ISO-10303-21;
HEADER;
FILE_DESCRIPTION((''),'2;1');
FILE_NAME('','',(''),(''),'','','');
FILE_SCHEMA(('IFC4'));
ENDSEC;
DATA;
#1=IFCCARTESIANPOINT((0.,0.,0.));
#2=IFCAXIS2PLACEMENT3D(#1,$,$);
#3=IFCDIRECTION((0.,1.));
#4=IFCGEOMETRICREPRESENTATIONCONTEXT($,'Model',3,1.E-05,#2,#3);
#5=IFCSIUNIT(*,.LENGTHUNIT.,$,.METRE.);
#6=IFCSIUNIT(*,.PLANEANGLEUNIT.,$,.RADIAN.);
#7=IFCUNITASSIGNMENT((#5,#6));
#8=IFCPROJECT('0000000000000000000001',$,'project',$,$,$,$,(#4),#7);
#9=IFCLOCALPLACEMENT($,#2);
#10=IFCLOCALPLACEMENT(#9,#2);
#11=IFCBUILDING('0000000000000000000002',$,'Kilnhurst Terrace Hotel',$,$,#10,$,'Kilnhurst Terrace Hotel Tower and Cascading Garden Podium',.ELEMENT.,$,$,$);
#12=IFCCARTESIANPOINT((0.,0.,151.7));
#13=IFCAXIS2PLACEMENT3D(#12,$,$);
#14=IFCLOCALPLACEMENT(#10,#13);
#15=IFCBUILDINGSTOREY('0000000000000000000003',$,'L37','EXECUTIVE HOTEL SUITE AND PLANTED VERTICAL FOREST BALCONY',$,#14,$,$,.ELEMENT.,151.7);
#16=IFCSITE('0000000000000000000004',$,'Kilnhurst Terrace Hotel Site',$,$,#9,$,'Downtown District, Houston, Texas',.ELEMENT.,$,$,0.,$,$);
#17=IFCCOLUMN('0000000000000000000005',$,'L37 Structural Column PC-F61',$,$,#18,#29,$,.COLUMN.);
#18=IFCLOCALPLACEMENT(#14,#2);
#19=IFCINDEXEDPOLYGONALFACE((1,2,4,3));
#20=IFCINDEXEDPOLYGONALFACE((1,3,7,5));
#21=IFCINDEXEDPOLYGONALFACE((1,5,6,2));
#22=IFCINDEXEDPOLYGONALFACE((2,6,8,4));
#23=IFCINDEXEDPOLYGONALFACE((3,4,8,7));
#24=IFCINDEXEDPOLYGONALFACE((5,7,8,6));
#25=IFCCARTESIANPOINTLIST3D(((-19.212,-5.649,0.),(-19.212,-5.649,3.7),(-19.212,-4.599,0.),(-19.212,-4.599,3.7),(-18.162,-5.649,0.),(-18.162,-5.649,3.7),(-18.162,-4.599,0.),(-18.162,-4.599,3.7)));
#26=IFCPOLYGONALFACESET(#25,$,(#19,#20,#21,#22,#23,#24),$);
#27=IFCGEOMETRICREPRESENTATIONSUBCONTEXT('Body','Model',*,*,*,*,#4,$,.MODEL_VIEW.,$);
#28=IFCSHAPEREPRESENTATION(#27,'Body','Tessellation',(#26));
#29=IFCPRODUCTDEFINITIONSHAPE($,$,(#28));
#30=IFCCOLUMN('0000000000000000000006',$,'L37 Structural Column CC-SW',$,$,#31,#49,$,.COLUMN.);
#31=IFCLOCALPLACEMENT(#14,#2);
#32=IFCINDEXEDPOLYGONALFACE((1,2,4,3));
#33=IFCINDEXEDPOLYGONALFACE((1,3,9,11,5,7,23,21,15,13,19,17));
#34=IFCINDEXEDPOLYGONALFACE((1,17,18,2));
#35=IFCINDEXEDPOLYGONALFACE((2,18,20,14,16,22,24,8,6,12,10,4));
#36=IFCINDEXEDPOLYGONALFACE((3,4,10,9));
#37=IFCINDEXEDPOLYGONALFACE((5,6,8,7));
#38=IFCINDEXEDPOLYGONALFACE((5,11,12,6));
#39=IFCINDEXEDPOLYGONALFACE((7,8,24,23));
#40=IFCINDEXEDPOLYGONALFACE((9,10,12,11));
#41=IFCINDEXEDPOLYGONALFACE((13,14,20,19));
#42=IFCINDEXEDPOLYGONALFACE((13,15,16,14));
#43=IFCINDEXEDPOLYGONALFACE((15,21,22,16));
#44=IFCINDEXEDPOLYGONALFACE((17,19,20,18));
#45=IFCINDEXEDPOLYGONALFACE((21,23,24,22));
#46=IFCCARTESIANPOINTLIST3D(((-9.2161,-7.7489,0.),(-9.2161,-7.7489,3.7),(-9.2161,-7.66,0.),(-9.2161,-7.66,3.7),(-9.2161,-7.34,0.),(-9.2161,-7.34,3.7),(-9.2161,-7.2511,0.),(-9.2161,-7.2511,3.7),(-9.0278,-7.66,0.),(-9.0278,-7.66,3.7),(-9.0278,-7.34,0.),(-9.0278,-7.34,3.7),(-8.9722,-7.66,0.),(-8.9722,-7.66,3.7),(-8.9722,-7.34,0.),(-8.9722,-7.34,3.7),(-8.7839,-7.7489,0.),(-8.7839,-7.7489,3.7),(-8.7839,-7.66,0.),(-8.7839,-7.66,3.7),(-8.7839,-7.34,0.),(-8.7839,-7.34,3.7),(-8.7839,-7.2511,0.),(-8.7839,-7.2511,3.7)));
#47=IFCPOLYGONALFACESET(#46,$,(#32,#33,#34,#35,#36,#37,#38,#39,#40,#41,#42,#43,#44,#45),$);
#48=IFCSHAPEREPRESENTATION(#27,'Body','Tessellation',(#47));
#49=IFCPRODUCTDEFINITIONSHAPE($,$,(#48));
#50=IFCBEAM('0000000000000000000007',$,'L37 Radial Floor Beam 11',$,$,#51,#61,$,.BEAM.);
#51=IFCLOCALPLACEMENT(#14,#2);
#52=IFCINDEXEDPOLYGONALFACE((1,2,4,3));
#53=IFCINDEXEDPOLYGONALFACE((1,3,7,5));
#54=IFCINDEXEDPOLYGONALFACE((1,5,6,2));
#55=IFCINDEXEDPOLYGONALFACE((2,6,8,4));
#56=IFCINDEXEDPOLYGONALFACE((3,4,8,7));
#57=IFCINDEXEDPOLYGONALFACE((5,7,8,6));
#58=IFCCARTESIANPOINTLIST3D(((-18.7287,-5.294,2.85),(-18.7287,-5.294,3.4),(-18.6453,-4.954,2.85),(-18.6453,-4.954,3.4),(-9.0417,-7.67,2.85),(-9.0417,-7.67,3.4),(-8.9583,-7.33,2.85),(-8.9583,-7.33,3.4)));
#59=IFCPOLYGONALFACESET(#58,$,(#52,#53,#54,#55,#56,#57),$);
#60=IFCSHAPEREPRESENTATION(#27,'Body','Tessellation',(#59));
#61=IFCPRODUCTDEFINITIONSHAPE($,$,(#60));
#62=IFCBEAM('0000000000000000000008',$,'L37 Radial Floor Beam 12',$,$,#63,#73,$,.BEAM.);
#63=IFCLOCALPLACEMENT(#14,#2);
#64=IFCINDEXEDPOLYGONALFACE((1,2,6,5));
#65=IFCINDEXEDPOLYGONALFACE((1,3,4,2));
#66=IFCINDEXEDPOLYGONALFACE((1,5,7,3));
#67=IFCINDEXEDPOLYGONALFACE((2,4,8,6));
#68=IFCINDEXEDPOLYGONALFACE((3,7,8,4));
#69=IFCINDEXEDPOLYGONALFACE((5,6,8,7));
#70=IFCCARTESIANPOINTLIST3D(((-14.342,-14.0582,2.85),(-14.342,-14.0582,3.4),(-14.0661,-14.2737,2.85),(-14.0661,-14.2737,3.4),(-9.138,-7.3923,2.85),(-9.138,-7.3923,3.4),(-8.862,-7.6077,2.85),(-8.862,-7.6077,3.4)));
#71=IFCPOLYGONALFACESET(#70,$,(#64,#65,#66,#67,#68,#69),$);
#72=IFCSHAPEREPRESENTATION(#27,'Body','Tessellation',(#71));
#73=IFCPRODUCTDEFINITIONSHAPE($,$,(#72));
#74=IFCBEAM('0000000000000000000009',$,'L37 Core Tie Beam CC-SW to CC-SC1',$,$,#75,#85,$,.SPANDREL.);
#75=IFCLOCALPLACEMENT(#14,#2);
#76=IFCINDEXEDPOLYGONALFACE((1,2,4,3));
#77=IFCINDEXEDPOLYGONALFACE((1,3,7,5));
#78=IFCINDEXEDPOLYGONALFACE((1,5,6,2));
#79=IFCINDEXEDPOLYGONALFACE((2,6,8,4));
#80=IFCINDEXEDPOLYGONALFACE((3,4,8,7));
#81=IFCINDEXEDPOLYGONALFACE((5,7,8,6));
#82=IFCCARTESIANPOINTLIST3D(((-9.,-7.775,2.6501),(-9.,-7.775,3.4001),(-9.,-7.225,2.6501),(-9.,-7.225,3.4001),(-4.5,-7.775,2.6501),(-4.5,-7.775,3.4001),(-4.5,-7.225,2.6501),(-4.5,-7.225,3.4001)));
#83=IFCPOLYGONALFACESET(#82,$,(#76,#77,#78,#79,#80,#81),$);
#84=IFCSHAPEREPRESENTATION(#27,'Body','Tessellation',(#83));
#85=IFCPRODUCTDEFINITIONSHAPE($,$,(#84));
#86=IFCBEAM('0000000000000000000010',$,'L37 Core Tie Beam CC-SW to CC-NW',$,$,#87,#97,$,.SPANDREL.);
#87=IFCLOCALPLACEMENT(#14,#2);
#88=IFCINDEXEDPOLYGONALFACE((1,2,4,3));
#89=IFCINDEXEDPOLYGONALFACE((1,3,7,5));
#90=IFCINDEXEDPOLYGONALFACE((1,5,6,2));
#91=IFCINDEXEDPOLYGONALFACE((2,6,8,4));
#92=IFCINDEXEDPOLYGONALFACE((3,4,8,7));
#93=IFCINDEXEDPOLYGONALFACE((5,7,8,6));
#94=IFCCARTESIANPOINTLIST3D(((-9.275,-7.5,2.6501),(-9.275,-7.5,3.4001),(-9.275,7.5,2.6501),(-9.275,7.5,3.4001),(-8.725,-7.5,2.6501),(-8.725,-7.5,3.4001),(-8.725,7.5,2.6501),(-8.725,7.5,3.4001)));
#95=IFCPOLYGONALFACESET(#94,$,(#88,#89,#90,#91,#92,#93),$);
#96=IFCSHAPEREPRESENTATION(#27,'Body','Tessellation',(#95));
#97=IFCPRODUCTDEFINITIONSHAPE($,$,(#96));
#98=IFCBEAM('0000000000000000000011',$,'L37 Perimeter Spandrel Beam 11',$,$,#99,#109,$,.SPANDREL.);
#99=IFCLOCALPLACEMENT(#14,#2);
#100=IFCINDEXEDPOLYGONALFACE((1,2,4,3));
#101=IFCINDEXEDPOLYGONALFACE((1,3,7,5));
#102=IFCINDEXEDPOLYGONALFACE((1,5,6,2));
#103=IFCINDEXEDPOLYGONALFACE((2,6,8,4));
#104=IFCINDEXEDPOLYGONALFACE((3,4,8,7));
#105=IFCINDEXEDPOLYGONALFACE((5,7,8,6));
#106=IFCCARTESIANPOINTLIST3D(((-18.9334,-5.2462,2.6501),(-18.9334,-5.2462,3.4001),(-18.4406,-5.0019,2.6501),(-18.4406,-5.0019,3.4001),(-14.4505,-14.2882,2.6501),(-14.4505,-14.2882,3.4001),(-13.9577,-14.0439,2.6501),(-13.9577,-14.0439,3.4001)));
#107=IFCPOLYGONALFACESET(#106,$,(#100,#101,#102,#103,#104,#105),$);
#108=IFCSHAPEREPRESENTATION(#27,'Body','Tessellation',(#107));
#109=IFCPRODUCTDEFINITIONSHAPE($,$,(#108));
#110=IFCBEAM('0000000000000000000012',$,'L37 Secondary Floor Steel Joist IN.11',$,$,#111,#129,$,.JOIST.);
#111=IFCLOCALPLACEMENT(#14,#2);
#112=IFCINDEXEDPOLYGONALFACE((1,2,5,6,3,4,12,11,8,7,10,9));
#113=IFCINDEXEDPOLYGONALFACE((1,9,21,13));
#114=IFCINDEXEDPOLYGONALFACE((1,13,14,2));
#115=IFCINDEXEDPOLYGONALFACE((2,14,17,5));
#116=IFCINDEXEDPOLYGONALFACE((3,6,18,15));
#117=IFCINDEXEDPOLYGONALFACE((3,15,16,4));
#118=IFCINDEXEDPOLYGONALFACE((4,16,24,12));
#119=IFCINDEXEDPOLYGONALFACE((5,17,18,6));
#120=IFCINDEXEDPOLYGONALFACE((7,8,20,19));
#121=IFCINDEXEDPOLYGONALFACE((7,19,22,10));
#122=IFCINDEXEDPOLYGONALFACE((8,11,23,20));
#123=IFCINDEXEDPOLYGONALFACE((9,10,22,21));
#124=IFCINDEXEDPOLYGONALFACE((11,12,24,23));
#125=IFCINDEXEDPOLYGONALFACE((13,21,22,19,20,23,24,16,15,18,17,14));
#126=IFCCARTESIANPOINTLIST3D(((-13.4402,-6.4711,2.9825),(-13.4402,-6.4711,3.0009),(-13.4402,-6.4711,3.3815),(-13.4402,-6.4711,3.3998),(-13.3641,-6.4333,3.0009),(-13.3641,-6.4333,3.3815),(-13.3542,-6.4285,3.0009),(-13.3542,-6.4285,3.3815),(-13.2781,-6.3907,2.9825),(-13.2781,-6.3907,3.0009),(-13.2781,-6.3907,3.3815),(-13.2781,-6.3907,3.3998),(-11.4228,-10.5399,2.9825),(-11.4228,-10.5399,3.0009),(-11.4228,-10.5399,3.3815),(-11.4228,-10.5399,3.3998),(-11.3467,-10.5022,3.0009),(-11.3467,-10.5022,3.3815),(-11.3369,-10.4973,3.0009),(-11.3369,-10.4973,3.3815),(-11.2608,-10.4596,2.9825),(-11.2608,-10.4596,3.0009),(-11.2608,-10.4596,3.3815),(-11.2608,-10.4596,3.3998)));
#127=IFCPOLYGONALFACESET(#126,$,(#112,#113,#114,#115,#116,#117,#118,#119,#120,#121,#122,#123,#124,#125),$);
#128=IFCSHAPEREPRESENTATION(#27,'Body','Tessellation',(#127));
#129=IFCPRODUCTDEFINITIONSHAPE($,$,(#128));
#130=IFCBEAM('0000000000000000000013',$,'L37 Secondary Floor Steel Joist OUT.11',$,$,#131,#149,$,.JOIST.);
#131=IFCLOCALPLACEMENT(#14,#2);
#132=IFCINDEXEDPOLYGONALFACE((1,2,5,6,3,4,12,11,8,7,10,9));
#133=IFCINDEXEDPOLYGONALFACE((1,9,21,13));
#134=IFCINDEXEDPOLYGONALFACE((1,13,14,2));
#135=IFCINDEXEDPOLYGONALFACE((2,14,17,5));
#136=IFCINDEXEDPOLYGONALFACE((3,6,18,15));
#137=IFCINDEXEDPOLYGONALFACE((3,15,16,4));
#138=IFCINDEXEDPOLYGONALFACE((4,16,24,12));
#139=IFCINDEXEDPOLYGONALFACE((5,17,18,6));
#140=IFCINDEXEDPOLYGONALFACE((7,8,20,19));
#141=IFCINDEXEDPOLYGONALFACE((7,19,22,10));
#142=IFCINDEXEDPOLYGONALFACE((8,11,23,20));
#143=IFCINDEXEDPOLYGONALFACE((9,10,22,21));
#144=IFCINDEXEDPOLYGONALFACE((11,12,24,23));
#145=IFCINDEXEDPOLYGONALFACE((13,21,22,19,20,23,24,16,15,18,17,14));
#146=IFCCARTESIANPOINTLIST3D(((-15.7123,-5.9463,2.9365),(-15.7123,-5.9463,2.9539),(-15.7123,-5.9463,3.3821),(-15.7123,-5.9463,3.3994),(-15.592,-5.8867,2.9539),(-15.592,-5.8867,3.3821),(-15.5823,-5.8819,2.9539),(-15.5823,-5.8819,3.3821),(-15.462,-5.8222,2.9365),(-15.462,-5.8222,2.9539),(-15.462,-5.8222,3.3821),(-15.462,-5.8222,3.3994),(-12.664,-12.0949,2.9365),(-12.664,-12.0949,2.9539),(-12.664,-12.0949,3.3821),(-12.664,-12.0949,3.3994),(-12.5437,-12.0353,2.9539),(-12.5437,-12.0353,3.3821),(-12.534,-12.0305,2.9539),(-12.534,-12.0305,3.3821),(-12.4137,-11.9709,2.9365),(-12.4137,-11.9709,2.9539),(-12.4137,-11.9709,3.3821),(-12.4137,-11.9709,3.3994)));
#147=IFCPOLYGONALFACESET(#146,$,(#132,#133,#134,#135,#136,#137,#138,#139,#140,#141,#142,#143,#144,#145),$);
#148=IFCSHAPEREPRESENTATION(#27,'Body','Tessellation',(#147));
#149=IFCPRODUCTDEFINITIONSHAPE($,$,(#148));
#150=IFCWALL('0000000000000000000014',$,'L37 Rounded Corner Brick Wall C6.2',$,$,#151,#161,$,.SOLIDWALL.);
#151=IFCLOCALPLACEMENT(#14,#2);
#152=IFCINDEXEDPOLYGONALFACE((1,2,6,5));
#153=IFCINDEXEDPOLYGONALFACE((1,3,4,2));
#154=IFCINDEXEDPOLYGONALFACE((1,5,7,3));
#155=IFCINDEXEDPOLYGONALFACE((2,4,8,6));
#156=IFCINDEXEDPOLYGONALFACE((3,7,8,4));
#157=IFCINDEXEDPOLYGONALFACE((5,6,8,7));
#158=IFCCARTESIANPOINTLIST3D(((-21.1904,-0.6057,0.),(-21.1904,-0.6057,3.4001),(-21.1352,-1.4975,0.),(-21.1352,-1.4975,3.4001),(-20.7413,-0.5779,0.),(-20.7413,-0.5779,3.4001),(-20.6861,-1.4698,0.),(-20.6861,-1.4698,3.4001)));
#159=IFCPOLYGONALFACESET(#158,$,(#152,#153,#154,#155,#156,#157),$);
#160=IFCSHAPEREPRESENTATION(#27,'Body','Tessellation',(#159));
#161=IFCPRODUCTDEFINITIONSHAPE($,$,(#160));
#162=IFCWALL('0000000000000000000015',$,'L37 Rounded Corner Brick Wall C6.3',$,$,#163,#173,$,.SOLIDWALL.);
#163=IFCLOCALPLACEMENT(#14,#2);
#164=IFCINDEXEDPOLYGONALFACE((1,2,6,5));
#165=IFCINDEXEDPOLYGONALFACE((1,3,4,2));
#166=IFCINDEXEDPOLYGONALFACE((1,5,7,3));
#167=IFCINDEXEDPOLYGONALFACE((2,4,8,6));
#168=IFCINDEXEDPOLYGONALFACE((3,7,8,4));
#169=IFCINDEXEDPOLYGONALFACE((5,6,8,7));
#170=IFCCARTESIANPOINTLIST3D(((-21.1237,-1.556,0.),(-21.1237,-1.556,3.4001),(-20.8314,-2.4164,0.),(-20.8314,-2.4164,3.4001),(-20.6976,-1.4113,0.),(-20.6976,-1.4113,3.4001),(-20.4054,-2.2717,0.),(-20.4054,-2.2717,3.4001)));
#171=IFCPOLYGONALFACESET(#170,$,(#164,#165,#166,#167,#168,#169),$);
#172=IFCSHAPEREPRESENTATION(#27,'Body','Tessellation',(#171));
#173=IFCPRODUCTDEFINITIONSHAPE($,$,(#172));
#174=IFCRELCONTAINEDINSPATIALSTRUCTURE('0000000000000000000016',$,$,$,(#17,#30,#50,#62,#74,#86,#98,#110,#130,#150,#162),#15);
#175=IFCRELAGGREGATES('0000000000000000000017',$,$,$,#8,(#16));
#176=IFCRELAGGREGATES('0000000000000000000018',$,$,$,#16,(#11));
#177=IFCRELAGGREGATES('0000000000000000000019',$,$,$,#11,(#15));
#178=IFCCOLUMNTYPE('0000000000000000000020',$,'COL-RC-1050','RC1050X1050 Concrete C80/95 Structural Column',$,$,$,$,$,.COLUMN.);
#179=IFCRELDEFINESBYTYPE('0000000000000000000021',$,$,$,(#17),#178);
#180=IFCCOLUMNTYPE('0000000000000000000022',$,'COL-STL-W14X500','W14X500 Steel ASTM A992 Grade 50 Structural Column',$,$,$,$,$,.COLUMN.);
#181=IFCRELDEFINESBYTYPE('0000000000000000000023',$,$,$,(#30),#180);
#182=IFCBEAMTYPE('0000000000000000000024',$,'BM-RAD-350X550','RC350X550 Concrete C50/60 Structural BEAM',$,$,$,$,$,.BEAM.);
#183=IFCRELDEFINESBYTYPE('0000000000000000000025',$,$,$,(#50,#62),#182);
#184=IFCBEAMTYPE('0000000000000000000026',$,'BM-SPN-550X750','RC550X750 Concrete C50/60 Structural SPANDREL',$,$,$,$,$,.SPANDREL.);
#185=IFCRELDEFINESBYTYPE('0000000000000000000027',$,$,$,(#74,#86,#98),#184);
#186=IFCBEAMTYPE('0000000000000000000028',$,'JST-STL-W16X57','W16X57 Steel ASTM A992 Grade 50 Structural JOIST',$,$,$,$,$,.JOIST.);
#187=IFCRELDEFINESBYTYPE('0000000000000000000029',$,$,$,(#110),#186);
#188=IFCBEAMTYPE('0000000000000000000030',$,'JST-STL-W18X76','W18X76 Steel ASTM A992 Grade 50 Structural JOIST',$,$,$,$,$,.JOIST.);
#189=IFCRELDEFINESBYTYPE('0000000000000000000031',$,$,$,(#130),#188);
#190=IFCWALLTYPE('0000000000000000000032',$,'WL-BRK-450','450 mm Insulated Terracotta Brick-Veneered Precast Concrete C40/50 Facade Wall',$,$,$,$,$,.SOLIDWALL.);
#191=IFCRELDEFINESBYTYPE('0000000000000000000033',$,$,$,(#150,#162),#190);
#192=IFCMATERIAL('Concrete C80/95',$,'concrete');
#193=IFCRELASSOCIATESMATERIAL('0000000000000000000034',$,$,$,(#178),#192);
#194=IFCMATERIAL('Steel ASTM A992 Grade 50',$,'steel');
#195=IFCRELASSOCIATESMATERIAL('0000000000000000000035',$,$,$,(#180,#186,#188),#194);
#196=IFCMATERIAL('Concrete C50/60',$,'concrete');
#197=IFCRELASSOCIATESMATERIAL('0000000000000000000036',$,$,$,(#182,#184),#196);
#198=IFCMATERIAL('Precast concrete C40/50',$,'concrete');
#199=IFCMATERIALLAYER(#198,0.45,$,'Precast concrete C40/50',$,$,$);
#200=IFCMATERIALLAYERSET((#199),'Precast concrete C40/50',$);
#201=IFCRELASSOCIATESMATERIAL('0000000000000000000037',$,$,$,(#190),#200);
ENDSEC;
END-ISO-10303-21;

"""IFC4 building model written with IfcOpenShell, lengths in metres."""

from ifc_helpers import new_model, si_unit, direction, frame, frame_2d, origin, origin_2d, place, context, subcontext, project, spatial, rectangle, i_section, extrude, material, layer, layer_set, material_profile, profile_set, type_object, element, save


model = new_model("IFC4")

# Units and contexts
model_context = context("Model", 3, precision=1e-05, world=origin(), true_north=direction((0.0, 1.0)))
body_context = subcontext(model_context, "Body", "Model", "MODEL_VIEW")
ifc_project = project(units=[si_unit("LENGTHUNIT", "METRE"), si_unit("PLANEANGLEUNIT", "RADIAN")], contexts=[model_context])

# Site, building, storey
site_placement = place(None, origin())
site = spatial("IfcSite", under=ifc_project, at=site_placement, Name="Kilnhurst Terrace Hotel Site", LongName="Downtown District, Houston, Texas", CompositionType="ELEMENT", RefElevation=0.0)
building_placement = place(site_placement, origin())
building = spatial("IfcBuilding", under=site, at=building_placement, Name="Kilnhurst Terrace Hotel", LongName="Kilnhurst Terrace Hotel Tower and Cascading Garden Podium", CompositionType="ELEMENT")
storey_placement = place(building_placement, frame((0.0, 0.0, 151.7)))
storey = spatial("IfcBuildingStorey", under=building, at=storey_placement, Name="L37", Description="EXECUTIVE HOTEL SUITE AND PLANTED VERTICAL FOREST BALCONY", CompositionType="ELEMENT", Elevation=151.7)

# Columns
ifc_material_1 = material(Name="Concrete C80/95", Category="concrete")
ifc_material_profile_1 = material_profile(ifc_material_1, rectangle(XDim=1.05, YDim=1.05, at=origin_2d()), Name="RC1050X1050")
ifc_profile_set_1 = profile_set([ifc_material_profile_1], Name="Concrete C80/95")
column_type_1 = type_object("IfcColumnType", Name="COL-RC-1050", Description="RC1050X1050 Concrete C80/95 Structural Column", PredefinedType="COLUMN", material=ifc_profile_set_1)
column_1_placement = place(storey_placement, frame((-18.687, -5.124, 0.0), z_axis=(0.0, 0.0, 1.0), x_axis=(1.0, 0.0, 0.0)))
element("IfcColumn", 1, at=column_1_placement, inside=storey, type_object=column_type_1, Name="L37 Structural Column PC-F61", PredefinedType="COLUMN", context=body_context, shape_type="SweptSolid", body=[
    extrude(rectangle(XDim=1.05, YDim=1.05, at=origin_2d()), origin(), (0.0, 0.0, 1.0), 3.7),
])
ifc_material_2 = material(Name="Steel ASTM A992 Grade 50", Category="steel")
ifc_material_profile_2 = material_profile(ifc_material_2, i_section(OverallWidth=0.4321, OverallDepth=0.4978, WebThickness=0.0557, FlangeThickness=0.0889, at=origin_2d()), Name="W14X500")
ifc_profile_set_2 = profile_set([ifc_material_profile_2], Name="Steel ASTM A992 Grade 50")
column_type_2 = type_object("IfcColumnType", Name="COL-STL-W14X500", Description="W14X500 Steel ASTM A992 Grade 50 Structural Column", PredefinedType="COLUMN", material=ifc_profile_set_2)
column_2_placement = place(storey_placement, frame((-9.0, -7.5, 0.0), z_axis=(0.0, 0.0, 1.0), x_axis=(1.0, 0.0, 0.0)))
element("IfcColumn", 2, at=column_2_placement, inside=storey, type_object=column_type_2, Name="L37 Structural Column CC-SW", PredefinedType="COLUMN", context=body_context, shape_type="SweptSolid", body=[
    extrude(i_section(OverallWidth=0.4321, OverallDepth=0.4978, WebThickness=0.0557, FlangeThickness=0.0889, at=origin_2d()), origin(), (0.0, 0.0, 1.0), 3.7),
])

# Beams
ifc_material_3 = material(Name="Concrete C50/60", Category="concrete")
ifc_material_profile_3 = material_profile(ifc_material_3, rectangle(XDim=0.3501, YDim=0.55, at=origin_2d()), Name="RC350X550")
ifc_profile_set_3 = profile_set([ifc_material_profile_3], Name="Concrete C50/60")
beam_type_1 = type_object("IfcBeamType", Name="BM-RAD-350X550", Description="RC350X550 Concrete C50/60 Structural BEAM", PredefinedType="BEAM", material=ifc_profile_set_3)
beam_1_placement = place(storey_placement, frame((-9.0, -7.5, 3.125), z_axis=(-0.971213, 0.238214, 0.0), x_axis=(-0.238214, -0.971213, 0.0)))
element("IfcBeam", 3, at=beam_1_placement, inside=storey, type_object=beam_type_1, Name="L37 Radial Floor Beam 11", PredefinedType="BEAM", context=body_context, shape_type="SweptSolid", body=[
    extrude(rectangle(XDim=0.3501, YDim=0.55, at=origin_2d()), origin(), (0.0, 0.0, 1.0), 9.9741),
])
beam_2_placement = place(storey_placement, frame((-9.0, -7.5, 3.125), z_axis=(-0.615371, -0.788238, 0.0), x_axis=(0.788238, -0.615371, 0.0)))
element("IfcBeam", 4, at=beam_2_placement, inside=storey, type_object=beam_type_1, Name="L37 Radial Floor Beam 12", PredefinedType="BEAM", context=body_context, shape_type="SweptSolid", body=[
    extrude(rectangle(XDim=0.3501, YDim=0.55, at=origin_2d()), origin(), (0.0, 0.0, 1.0), 8.4568),
])
ifc_material_profile_4 = material_profile(ifc_material_3, rectangle(XDim=0.55, YDim=0.75, at=origin_2d()), Name="RC550X750")
ifc_profile_set_4 = profile_set([ifc_material_profile_4], Name="Concrete C50/60")
beam_type_2 = type_object("IfcBeamType", Name="BM-SPN-550X750", Description="RC550X750 Concrete C50/60 Structural SPANDREL", PredefinedType="SPANDREL", material=ifc_profile_set_4)
beam_3_placement = place(storey_placement, frame((-9.0, -7.5, 3.0251), z_axis=(1.0, 0.0, 0.0), x_axis=(0.0, 1.0, 0.0)))
element("IfcBeam", 5, at=beam_3_placement, inside=storey, type_object=beam_type_2, Name="L37 Core Tie Beam CC-SW to CC-SC1", PredefinedType="SPANDREL", context=body_context, shape_type="SweptSolid", body=[
    extrude(rectangle(XDim=0.55, YDim=0.75, at=origin_2d()), origin(), (0.0, 0.0, 1.0), 4.5),
])
beam_4_placement = place(storey_placement, frame((-9.0, -7.5, 3.0251), z_axis=(0.0, 1.0, 0.0), x_axis=(-1.0, 0.0, 0.0)))
element("IfcBeam", 6, at=beam_4_placement, inside=storey, type_object=beam_type_2, Name="L37 Core Tie Beam CC-SW to CC-NW", PredefinedType="SPANDREL", context=body_context, shape_type="SweptSolid", body=[
    extrude(rectangle(XDim=0.55, YDim=0.75, at=origin_2d()), origin(), (0.0, 0.0, 1.0), 15.0),
])
beam_5_placement = place(storey_placement, frame((-18.687, -5.124, 3.0251), z_axis=(0.444192, -0.895932, 0.0), x_axis=(0.895932, 0.444192, 0.0)))
element("IfcBeam", 7, at=beam_5_placement, inside=storey, type_object=beam_type_2, Name="L37 Perimeter Spandrel Beam 11", PredefinedType="SPANDREL", context=body_context, shape_type="SweptSolid", body=[
    extrude(rectangle(XDim=0.55, YDim=0.75, at=origin_2d()), origin(), (0.0, 0.0, 1.0), 10.0923),
])
ifc_material_profile_5 = material_profile(ifc_material_2, i_section(OverallWidth=0.1809, OverallDepth=0.4172, WebThickness=0.011, FlangeThickness=0.0183, at=origin_2d()), Name="W16X57")
ifc_profile_set_5 = profile_set([ifc_material_profile_5], Name="Steel ASTM A992 Grade 50")
beam_type_3 = type_object("IfcBeamType", Name="JST-STL-W16X57", Description="W16X57 Steel ASTM A992 Grade 50 Structural JOIST", PredefinedType="JOIST", material=ifc_profile_set_5)
beam_6_placement = place(storey_placement, frame((-13.3591, -6.4309, 3.1912), z_axis=(0.444201, -0.895927, 0.0), x_axis=(0.895927, 0.444201, 0.0)))
element("IfcBeam", 8, at=beam_6_placement, inside=storey, type_object=beam_type_3, Name="L37 Secondary Floor Steel Joist IN.11", PredefinedType="JOIST", context=body_context, shape_type="SweptSolid", body=[
    extrude(i_section(OverallWidth=0.1809, OverallDepth=0.4172, WebThickness=0.011, FlangeThickness=0.0183, at=origin_2d()), origin(), (0.0, 0.0, 1.0), 4.5415),
])
ifc_material_profile_6 = material_profile(ifc_material_2, i_section(OverallWidth=0.2793, OverallDepth=0.4629, WebThickness=0.0107, FlangeThickness=0.0173, at=origin_2d()), Name="W18X76")
ifc_profile_set_6 = profile_set([ifc_material_profile_6], Name="Steel ASTM A992 Grade 50")
beam_type_4 = type_object("IfcBeamType", Name="JST-STL-W18X76", Description="W18X76 Steel ASTM A992 Grade 50 Structural JOIST", PredefinedType="JOIST", material=ifc_profile_set_6)
beam_7_placement = place(storey_placement, frame((-15.5872, -5.8843, 3.168), z_axis=(0.44418, -0.895938, 0.0), x_axis=(0.895938, 0.44418, 0.0)))
element("IfcBeam", 9, at=beam_7_placement, inside=storey, type_object=beam_type_4, Name="L37 Secondary Floor Steel Joist OUT.11", PredefinedType="JOIST", context=body_context, shape_type="SweptSolid", body=[
    extrude(i_section(OverallWidth=0.2793, OverallDepth=0.4629, WebThickness=0.0107, FlangeThickness=0.0173, at=origin_2d()), origin(), (0.0, 0.0, 1.0), 6.8628),
])

# Walls
ifc_material_4 = material(Name="Precast concrete C40/50", Category="concrete")
ifc_layer_1 = layer(ifc_material_4, 0.45, Name="Precast concrete C40/50")
ifc_layer_set_1 = layer_set([ifc_layer_1], Name="Precast concrete C40/50")
wall_type_1 = type_object("IfcWallType", Name="WL-BRK-450", Description="450 mm Insulated Terracotta Brick-Veneered Precast Concrete C40/50 Facade Wall", PredefinedType="SOLIDWALL", material=ifc_layer_set_1)
wall_1_placement = place(storey_placement, frame((-20.9658, -0.5918, 0.0), z_axis=(0.0, 0.0, 1.0), x_axis=(0.061749, -0.998092, 0.0)))
element("IfcWall", 10, at=wall_1_placement, inside=storey, type_object=wall_type_1, Name="L37 Rounded Corner Brick Wall C6.2", PredefinedType="SOLIDWALL", context=body_context, shape_type="SweptSolid", body=[
    extrude(rectangle(XDim=0.8936, YDim=0.45, at=frame_2d((0.4468, 0.0))), origin(), (0.0, 0.0, 1.0), 3.4001),
])
wall_2_placement = place(storey_placement, frame((-20.9106, -1.4836, 0.0), z_axis=(0.0, 0.0, 1.0), x_axis=(0.321623, -0.946868, 0.0)))
element("IfcWall", 11, at=wall_2_placement, inside=storey, type_object=wall_type_1, Name="L37 Rounded Corner Brick Wall C6.3", PredefinedType="SOLIDWALL", context=body_context, shape_type="SweptSolid", body=[
    extrude(rectangle(XDim=0.9087, YDim=0.45, at=frame_2d((0.4543, 0.0))), origin(), (0.0, 0.0, 1.0), 3.4001),
])

save(model, "model.ifc")
